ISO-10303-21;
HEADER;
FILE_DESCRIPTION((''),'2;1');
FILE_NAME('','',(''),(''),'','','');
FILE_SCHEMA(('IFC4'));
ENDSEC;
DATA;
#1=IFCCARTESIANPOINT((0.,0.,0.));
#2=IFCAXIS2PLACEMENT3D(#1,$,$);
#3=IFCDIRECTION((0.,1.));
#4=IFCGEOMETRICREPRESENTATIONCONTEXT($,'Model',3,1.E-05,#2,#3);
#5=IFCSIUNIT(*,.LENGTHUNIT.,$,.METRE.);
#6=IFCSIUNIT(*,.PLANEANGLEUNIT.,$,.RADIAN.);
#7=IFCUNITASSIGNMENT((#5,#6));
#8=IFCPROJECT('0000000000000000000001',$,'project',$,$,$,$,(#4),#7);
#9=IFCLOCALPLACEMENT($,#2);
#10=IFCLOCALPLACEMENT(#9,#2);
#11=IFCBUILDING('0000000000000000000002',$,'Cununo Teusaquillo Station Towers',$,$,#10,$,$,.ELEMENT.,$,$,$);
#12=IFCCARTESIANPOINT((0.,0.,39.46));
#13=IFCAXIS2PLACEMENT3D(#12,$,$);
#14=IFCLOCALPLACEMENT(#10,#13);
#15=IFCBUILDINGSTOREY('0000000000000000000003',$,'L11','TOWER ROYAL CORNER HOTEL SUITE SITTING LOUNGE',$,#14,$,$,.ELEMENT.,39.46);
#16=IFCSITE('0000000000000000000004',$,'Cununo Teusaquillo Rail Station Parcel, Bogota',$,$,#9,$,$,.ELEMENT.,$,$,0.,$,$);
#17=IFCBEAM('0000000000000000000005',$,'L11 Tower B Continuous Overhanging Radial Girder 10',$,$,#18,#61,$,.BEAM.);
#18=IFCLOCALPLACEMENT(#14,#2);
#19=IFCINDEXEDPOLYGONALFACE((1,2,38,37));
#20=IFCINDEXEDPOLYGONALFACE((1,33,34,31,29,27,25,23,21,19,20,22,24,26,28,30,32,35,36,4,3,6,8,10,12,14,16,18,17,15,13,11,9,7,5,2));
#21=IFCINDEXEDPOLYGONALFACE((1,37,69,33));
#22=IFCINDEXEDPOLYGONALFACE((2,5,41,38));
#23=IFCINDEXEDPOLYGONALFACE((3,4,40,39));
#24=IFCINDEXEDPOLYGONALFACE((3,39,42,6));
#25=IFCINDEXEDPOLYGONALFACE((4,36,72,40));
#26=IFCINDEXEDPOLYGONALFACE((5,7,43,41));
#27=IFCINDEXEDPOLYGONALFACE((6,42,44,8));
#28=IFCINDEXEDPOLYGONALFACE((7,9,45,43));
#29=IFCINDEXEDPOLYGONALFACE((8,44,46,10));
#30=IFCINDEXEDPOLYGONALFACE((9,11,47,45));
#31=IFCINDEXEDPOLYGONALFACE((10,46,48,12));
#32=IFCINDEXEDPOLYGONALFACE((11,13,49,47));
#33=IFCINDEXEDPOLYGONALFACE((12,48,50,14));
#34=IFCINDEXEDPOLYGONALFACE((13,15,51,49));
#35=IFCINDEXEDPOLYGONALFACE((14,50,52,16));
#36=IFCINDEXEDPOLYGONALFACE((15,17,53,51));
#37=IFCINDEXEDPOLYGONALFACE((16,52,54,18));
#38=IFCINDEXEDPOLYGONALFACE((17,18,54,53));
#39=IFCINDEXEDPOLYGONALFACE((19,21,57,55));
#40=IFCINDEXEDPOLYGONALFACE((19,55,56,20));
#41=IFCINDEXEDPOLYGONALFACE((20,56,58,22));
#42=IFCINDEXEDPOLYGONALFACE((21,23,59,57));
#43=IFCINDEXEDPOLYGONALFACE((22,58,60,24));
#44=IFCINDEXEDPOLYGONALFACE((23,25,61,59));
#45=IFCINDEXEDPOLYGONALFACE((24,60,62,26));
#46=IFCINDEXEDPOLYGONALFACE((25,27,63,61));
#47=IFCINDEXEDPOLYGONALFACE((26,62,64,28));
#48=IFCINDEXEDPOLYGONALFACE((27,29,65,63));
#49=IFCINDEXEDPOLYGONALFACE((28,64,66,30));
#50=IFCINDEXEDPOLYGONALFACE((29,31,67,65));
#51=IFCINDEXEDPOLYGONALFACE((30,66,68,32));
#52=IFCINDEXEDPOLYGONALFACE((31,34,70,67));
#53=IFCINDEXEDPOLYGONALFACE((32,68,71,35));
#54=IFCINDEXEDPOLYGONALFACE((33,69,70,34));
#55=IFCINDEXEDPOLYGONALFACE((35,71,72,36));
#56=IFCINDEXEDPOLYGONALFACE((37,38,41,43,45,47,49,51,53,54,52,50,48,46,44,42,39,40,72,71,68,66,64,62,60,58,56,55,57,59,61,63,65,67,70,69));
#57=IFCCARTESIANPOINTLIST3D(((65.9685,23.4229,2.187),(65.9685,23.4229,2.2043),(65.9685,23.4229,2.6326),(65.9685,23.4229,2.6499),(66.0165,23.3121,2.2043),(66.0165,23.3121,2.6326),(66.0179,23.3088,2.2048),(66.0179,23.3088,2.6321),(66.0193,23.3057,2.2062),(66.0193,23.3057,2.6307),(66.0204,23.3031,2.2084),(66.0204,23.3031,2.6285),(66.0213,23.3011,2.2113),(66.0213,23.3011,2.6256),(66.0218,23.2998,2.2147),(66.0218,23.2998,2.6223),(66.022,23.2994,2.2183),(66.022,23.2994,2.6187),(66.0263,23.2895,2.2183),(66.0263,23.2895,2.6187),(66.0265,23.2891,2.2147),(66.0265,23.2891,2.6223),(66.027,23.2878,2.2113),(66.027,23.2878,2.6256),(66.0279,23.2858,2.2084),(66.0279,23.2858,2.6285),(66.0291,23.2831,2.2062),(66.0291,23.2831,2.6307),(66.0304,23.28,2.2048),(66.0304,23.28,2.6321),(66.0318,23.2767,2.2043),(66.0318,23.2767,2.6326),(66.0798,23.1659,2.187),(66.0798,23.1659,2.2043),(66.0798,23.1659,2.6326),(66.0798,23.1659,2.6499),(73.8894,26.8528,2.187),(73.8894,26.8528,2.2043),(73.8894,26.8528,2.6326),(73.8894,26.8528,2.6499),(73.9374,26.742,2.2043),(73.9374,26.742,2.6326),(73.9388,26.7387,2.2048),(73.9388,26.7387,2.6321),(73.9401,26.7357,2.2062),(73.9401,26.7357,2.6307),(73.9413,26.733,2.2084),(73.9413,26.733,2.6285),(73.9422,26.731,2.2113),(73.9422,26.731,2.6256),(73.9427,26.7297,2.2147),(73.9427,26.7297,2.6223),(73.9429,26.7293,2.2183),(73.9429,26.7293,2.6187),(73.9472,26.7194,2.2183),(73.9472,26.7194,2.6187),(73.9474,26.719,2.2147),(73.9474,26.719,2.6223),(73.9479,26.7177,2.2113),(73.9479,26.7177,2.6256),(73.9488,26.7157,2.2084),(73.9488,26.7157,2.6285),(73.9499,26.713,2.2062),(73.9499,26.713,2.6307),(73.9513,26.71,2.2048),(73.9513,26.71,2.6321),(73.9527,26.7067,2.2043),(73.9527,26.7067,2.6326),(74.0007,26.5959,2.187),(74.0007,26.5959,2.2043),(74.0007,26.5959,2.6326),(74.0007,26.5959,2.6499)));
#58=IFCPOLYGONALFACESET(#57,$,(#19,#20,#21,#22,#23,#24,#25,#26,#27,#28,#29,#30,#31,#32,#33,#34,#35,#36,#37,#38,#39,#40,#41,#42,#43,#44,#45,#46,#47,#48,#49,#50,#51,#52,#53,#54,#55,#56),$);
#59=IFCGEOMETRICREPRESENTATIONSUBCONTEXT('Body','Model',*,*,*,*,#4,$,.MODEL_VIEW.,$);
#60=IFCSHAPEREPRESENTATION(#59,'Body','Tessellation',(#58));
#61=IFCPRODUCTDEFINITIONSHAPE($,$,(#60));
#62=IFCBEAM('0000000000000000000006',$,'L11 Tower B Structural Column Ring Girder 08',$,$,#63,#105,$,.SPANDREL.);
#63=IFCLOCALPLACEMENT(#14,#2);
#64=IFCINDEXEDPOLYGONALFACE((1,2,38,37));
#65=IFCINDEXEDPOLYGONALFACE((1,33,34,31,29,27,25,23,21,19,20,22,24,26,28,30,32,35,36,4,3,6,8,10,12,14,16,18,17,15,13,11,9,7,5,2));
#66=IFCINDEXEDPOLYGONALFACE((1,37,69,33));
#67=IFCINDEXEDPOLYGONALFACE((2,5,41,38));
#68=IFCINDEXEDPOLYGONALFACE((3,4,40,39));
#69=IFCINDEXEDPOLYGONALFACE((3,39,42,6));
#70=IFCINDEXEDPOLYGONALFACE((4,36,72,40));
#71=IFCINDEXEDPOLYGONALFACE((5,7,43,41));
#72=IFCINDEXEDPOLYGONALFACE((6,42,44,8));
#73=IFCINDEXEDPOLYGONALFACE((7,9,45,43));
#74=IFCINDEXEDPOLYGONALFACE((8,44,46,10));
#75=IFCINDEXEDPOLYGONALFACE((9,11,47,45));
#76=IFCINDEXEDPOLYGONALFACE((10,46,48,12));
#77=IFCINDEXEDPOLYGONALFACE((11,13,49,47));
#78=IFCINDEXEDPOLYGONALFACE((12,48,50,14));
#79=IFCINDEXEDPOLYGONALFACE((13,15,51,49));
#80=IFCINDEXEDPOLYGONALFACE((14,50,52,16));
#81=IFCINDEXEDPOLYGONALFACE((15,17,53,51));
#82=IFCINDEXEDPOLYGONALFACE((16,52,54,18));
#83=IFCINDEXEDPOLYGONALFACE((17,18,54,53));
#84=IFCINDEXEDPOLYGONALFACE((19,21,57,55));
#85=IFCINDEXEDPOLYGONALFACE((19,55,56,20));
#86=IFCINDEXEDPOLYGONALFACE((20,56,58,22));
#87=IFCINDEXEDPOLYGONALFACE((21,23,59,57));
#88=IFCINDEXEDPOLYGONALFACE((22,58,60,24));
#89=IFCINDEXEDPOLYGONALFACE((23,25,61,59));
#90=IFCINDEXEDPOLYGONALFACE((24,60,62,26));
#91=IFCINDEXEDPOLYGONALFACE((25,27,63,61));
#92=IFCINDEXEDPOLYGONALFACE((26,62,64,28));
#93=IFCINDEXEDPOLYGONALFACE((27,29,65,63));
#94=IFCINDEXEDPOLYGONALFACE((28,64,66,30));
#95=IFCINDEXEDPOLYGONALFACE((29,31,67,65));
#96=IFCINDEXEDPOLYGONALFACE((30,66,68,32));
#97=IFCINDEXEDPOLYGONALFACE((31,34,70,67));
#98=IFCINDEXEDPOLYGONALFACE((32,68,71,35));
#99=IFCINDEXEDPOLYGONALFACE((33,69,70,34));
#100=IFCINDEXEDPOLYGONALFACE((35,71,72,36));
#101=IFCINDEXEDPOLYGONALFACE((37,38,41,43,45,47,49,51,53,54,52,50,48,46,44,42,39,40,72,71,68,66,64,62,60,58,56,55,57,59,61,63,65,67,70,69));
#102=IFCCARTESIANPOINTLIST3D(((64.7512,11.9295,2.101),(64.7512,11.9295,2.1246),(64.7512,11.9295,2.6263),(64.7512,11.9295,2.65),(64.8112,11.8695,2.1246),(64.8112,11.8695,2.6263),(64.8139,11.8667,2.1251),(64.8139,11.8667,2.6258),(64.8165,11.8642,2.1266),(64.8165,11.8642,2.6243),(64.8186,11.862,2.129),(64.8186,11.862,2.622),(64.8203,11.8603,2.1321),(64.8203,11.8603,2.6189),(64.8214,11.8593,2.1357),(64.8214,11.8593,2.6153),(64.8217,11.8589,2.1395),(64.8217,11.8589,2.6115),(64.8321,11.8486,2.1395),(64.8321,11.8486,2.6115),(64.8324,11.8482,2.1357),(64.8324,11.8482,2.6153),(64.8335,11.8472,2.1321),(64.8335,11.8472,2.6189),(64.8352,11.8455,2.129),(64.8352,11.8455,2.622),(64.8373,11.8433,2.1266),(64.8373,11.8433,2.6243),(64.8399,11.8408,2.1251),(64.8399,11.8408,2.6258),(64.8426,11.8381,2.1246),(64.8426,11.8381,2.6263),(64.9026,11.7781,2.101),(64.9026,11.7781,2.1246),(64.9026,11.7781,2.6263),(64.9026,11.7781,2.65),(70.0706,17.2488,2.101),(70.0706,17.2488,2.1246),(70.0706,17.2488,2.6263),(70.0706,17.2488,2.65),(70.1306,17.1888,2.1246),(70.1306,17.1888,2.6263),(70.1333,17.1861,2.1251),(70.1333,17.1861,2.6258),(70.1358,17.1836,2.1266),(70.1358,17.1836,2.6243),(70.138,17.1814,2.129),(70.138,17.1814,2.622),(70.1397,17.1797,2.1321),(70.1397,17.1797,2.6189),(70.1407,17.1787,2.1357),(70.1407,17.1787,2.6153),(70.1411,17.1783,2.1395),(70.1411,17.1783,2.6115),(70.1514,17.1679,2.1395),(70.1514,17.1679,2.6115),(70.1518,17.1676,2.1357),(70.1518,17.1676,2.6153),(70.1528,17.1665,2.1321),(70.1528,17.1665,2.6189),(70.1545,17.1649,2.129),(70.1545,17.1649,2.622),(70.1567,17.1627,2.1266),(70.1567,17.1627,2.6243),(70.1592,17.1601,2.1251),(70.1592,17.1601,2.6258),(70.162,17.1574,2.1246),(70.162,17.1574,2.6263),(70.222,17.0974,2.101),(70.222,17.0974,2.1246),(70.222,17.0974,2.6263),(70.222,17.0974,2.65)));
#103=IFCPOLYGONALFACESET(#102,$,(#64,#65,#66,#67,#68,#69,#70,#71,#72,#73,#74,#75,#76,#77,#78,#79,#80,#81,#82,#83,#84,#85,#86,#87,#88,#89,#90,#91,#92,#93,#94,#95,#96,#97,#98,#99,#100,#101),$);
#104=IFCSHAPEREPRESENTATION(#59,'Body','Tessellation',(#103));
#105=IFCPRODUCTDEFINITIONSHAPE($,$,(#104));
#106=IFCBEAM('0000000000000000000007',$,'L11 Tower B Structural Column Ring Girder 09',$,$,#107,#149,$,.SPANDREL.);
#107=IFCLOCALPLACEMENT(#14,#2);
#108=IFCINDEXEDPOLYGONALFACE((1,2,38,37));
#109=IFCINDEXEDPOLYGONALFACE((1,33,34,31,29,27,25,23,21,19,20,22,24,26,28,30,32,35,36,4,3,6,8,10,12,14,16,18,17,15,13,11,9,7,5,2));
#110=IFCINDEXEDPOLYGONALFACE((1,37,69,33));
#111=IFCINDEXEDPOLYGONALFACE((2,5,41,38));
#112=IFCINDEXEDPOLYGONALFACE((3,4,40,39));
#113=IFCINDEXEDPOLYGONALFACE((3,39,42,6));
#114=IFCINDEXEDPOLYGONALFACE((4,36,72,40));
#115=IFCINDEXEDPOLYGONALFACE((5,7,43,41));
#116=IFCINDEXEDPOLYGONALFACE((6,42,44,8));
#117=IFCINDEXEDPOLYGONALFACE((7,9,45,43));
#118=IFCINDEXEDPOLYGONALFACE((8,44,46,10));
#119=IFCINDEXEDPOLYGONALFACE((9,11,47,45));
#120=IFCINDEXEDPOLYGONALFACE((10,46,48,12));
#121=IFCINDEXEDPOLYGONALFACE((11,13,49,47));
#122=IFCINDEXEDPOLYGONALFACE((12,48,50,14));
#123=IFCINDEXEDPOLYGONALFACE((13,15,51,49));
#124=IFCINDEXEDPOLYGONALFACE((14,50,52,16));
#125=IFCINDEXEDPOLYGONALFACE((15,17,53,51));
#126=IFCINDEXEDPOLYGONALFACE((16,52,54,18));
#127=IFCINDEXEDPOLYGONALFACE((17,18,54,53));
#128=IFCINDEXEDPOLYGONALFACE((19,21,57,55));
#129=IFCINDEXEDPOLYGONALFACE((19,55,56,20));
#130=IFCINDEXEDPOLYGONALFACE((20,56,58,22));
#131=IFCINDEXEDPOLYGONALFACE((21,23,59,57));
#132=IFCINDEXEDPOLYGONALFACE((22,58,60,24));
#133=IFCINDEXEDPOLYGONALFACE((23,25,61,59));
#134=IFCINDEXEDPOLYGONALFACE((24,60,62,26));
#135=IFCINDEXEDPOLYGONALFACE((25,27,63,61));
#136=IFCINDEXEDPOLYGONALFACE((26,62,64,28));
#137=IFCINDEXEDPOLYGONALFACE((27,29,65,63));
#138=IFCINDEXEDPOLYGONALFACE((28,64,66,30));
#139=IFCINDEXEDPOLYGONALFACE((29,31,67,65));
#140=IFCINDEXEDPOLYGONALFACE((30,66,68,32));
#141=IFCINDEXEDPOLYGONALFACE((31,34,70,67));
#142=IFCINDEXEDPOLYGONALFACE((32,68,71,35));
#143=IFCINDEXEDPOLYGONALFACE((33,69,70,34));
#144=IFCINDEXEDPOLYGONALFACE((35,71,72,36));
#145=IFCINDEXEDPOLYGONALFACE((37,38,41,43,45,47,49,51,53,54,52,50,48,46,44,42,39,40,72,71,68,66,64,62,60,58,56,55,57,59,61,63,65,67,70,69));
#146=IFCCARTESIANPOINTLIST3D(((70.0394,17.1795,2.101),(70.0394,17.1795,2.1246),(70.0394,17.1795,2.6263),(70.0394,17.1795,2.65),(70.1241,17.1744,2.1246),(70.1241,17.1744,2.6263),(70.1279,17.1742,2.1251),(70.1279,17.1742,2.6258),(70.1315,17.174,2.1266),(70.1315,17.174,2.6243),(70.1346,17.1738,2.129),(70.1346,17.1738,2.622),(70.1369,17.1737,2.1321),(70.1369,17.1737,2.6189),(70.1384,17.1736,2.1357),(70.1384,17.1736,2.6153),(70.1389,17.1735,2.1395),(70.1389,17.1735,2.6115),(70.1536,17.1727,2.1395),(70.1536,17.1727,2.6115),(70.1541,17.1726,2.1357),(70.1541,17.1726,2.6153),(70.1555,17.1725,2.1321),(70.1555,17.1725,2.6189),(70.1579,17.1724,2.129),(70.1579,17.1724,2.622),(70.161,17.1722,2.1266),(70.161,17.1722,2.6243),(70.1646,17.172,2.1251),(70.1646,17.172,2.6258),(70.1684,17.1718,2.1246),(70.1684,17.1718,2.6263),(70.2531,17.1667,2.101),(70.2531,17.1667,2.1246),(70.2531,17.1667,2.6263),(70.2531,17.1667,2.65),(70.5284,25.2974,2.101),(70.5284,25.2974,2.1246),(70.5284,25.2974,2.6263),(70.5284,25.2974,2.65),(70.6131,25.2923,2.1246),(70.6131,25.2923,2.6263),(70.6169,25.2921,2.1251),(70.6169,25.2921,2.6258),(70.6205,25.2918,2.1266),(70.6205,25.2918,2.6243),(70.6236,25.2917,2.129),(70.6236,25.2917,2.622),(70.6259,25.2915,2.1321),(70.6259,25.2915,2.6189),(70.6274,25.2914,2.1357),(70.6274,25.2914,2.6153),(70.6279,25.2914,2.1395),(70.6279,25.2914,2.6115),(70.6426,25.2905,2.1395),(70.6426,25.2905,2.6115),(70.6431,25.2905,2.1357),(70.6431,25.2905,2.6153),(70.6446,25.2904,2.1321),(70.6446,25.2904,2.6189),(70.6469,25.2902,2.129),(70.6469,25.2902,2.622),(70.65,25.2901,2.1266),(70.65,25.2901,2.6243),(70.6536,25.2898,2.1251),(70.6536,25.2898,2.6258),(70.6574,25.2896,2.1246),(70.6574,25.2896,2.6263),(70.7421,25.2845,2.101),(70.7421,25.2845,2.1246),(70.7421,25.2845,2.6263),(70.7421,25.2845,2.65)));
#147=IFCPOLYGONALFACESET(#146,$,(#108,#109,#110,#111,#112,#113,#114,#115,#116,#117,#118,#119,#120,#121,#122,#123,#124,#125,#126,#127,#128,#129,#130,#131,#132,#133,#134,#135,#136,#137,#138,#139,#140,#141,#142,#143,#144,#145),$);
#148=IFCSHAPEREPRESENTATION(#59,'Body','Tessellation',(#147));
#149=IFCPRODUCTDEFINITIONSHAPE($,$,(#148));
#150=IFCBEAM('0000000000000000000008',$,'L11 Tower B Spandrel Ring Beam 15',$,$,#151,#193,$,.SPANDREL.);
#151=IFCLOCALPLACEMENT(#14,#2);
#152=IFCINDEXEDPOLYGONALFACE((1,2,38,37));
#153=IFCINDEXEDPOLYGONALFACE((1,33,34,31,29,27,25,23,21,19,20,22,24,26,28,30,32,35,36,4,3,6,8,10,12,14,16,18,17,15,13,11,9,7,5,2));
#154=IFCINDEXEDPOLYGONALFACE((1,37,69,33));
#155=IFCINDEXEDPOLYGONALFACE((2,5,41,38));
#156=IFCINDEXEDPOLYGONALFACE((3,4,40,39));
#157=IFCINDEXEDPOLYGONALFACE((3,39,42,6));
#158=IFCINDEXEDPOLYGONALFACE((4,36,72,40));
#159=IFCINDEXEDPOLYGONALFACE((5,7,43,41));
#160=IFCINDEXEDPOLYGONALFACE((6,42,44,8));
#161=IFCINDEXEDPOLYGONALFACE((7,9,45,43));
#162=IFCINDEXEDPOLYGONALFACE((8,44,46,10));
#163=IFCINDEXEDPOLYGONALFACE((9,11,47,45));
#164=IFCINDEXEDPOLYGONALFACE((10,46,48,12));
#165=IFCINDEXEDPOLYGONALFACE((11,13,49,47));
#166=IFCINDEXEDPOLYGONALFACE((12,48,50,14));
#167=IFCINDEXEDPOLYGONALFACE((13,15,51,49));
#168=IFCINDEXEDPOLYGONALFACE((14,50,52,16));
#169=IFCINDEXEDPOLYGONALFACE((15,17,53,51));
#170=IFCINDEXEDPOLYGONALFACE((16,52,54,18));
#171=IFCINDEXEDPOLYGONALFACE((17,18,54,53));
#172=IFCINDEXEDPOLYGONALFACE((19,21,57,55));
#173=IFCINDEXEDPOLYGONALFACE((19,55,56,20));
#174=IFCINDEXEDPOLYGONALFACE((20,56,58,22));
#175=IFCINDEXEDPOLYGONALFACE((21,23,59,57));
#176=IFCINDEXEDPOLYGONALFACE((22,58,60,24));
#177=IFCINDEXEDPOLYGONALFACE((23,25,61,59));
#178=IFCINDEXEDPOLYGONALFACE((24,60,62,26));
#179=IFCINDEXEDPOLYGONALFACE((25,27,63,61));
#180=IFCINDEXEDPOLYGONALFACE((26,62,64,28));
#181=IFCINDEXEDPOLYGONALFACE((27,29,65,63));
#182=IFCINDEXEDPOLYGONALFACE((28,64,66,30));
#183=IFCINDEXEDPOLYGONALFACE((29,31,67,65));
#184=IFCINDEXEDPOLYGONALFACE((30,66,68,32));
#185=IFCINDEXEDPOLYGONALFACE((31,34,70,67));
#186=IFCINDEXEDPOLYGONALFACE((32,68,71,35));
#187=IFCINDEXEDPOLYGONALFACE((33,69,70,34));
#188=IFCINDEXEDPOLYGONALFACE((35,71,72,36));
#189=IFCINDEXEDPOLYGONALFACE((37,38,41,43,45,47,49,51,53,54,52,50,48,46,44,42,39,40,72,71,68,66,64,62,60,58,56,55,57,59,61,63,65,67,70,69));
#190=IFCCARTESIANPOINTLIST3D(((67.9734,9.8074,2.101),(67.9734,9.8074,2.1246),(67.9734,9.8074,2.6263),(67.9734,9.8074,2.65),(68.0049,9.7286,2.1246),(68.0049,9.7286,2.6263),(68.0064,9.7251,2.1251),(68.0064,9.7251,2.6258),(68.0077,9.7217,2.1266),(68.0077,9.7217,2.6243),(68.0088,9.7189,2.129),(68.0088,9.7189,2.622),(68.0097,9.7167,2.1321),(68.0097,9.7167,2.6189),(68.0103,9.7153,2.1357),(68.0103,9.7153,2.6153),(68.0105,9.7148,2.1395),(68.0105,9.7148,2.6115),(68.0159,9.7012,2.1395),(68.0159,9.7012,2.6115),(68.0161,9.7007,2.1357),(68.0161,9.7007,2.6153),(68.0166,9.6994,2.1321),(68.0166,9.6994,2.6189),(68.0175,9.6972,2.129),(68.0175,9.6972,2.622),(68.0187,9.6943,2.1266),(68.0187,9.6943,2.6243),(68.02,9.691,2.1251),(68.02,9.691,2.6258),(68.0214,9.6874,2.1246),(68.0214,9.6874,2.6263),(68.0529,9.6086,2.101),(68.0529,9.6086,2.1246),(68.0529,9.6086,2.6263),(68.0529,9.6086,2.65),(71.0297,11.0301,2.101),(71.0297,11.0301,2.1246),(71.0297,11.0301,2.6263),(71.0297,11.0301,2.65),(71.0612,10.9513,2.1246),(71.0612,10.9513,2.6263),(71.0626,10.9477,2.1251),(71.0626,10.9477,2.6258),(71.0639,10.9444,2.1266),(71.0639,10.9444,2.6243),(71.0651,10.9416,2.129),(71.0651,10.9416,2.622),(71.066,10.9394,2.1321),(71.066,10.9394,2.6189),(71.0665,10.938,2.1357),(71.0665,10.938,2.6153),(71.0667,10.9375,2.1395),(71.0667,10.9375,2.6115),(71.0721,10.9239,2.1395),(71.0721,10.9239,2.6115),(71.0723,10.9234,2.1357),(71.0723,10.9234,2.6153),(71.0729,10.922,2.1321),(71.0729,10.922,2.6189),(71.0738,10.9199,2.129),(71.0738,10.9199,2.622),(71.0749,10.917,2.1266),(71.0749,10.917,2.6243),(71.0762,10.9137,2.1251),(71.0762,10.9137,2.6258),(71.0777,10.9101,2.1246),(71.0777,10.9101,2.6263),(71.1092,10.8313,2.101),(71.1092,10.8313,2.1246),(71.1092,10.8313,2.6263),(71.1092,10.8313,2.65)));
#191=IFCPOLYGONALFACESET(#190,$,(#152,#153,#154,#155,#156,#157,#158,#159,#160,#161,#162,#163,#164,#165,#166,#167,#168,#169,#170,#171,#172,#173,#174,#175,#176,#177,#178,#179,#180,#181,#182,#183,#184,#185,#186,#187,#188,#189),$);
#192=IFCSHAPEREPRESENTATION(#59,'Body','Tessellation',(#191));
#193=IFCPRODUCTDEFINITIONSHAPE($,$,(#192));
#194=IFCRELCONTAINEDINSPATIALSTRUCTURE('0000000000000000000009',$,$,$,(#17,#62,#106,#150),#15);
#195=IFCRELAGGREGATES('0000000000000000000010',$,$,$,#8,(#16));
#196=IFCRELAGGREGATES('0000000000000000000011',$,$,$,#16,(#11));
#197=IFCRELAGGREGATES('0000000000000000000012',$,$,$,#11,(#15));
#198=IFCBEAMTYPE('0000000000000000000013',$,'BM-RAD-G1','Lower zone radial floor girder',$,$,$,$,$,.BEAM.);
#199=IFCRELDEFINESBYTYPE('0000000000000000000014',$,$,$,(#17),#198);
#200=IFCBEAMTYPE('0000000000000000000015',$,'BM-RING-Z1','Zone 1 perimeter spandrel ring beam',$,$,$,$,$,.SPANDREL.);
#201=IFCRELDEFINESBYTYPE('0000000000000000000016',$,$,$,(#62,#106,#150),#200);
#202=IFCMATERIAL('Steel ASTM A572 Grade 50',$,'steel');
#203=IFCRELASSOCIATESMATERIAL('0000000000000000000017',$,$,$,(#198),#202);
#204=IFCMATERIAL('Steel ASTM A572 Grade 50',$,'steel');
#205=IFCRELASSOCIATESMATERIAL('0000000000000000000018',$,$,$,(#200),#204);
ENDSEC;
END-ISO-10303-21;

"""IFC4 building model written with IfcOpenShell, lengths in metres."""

from ifc_helpers import new_model, si_unit, direction, frame, origin, origin_2d, place, context, subcontext, project, spatial, i_section, extrude, material, material_profile, profile_set, type_object, element, save


model = new_model("IFC4")

# Units and contexts
model_context = context("Model", 3, precision=1e-05, world=origin(), true_north=direction((0.0, 1.0)))
body_context = subcontext(model_context, "Body", "Model", "MODEL_VIEW")
ifc_project = project(units=[si_unit("LENGTHUNIT", "METRE"), si_unit("PLANEANGLEUNIT", "RADIAN")], contexts=[model_context])

# Site, building, storey
site_placement = place(None, origin())
site = spatial("IfcSite", under=ifc_project, at=site_placement, Name="Cununo Teusaquillo Rail Station Parcel, Bogota", CompositionType="ELEMENT", RefElevation=0.0)
building_placement = place(site_placement, origin())
building = spatial("IfcBuilding", under=site, at=building_placement, Name="Cununo Teusaquillo Station Towers", CompositionType="ELEMENT")
storey_placement = place(building_placement, frame((0.0, 0.0, 39.46)))
storey = spatial("IfcBuildingStorey", under=building, at=storey_placement, Name="L11", Description="TOWER ROYAL CORNER HOTEL SUITE SITTING LOUNGE", CompositionType="ELEMENT", Elevation=39.46)

# Beams
ifc_material_1 = material(Name="Steel ASTM A572 Grade 50", Category="steel")
ifc_material_profile_1 = material_profile(ifc_material_1, i_section(OverallWidth=0.28, OverallDepth=0.4629, WebThickness=0.0107, FlangeThickness=0.0173, FilletRadius=0.0139, at=origin_2d()), Name="W18X76")
ifc_profile_set_1 = profile_set([ifc_material_profile_1], Name="Steel ASTM A572 Grade 50")
beam_type_1 = type_object("IfcBeamType", Name="BM-RAD-G1", Description="Lower zone radial floor girder", PredefinedType="BEAM", material=ifc_profile_set_1)
beam_1_placement = place(storey_placement, frame((66.0242, 23.2944, 2.4185), z_axis=(0.917659, 0.397368, 0.0), x_axis=(-0.397368, 0.917659, 0.0)))
element("IfcBeam", 1, at=beam_1_placement, inside=storey, type_object=beam_type_1, Name="L11 Tower B Continuous Overhanging Radial Girder 10", PredefinedType="BEAM", context=body_context, shape_type="SweptSolid", body=[
    extrude(i_section(OverallWidth=0.28, OverallDepth=0.4629, WebThickness=0.0107, FlangeThickness=0.0173, FilletRadius=0.0139, at=origin_2d()), origin(), (0.0, 0.0, 1.0), 8.6316),
])
ifc_material_2 = material(Name="Steel ASTM A572 Grade 50", Category="steel")
ifc_material_profile_2 = material_profile(ifc_material_2, i_section(OverallWidth=0.2141, OverallDepth=0.5491, WebThickness=0.0146, FlangeThickness=0.0237, FilletRadius=0.0149, at=origin_2d()), Name="W21X93")
ifc_profile_set_2 = profile_set([ifc_material_profile_2], Name="Steel ASTM A572 Grade 50")
beam_type_2 = type_object("IfcBeamType", Name="BM-RING-Z1", Description="Zone 1 perimeter spandrel ring beam", PredefinedType="SPANDREL", material=ifc_profile_set_2)
beam_2_placement = place(storey_placement, frame((64.8269, 11.8538, 2.3755), z_axis=(0.707107, 0.707107, 0.0), x_axis=(-0.707107, 0.707107, 0.0)))
element("IfcBeam", 2, at=beam_2_placement, inside=storey, type_object=beam_type_2, Name="L11 Tower B Structural Column Ring Girder 08", PredefinedType="SPANDREL", context=body_context, shape_type="SweptSolid", body=[
    extrude(i_section(OverallWidth=0.2141, OverallDepth=0.5491, WebThickness=0.0146, FlangeThickness=0.0237, FilletRadius=0.0149, at=origin_2d()), origin(), (0.0, 0.0, 1.0), 7.5227),
])
beam_3_placement = place(storey_placement, frame((70.1462, 17.1731, 2.3755), z_axis=(0.06013, 0.998191, 0.0), x_axis=(-0.998191, 0.06013, 0.0)))
element("IfcBeam", 3, at=beam_3_placement, inside=storey, type_object=beam_type_2, Name="L11 Tower B Structural Column Ring Girder 09", PredefinedType="SPANDREL", context=body_context, shape_type="SweptSolid", body=[
    extrude(i_section(OverallWidth=0.2141, OverallDepth=0.5491, WebThickness=0.0146, FlangeThickness=0.0237, FilletRadius=0.0149, at=origin_2d()), origin(), (0.0, 0.0, 1.0), 8.1326),
])
for number, where, z_axis, x_axis, name in (
    (4, (68.0132, 9.708, 2.3755), (0.928456, 0.371442, 0.0), (-0.371442, 0.928456, 0.0), "L11 Tower B Spandrel Ring Beam 15"),
):
    element("IfcBeam", number, at=place(storey_placement, frame(where, z_axis=z_axis, x_axis=x_axis)), inside=storey, type_object=beam_type_2, Name=name, PredefinedType="SPANDREL", context=body_context, shape_type="SweptSolid", body=[
        extrude(i_section(OverallWidth=0.2141, OverallDepth=0.5491, WebThickness=0.0146, FlangeThickness=0.0237, FilletRadius=0.0149, at=origin_2d()), origin(), (0.0, 0.0, 1.0), 3.2917),
    ])

save(model, "model.ifc")
